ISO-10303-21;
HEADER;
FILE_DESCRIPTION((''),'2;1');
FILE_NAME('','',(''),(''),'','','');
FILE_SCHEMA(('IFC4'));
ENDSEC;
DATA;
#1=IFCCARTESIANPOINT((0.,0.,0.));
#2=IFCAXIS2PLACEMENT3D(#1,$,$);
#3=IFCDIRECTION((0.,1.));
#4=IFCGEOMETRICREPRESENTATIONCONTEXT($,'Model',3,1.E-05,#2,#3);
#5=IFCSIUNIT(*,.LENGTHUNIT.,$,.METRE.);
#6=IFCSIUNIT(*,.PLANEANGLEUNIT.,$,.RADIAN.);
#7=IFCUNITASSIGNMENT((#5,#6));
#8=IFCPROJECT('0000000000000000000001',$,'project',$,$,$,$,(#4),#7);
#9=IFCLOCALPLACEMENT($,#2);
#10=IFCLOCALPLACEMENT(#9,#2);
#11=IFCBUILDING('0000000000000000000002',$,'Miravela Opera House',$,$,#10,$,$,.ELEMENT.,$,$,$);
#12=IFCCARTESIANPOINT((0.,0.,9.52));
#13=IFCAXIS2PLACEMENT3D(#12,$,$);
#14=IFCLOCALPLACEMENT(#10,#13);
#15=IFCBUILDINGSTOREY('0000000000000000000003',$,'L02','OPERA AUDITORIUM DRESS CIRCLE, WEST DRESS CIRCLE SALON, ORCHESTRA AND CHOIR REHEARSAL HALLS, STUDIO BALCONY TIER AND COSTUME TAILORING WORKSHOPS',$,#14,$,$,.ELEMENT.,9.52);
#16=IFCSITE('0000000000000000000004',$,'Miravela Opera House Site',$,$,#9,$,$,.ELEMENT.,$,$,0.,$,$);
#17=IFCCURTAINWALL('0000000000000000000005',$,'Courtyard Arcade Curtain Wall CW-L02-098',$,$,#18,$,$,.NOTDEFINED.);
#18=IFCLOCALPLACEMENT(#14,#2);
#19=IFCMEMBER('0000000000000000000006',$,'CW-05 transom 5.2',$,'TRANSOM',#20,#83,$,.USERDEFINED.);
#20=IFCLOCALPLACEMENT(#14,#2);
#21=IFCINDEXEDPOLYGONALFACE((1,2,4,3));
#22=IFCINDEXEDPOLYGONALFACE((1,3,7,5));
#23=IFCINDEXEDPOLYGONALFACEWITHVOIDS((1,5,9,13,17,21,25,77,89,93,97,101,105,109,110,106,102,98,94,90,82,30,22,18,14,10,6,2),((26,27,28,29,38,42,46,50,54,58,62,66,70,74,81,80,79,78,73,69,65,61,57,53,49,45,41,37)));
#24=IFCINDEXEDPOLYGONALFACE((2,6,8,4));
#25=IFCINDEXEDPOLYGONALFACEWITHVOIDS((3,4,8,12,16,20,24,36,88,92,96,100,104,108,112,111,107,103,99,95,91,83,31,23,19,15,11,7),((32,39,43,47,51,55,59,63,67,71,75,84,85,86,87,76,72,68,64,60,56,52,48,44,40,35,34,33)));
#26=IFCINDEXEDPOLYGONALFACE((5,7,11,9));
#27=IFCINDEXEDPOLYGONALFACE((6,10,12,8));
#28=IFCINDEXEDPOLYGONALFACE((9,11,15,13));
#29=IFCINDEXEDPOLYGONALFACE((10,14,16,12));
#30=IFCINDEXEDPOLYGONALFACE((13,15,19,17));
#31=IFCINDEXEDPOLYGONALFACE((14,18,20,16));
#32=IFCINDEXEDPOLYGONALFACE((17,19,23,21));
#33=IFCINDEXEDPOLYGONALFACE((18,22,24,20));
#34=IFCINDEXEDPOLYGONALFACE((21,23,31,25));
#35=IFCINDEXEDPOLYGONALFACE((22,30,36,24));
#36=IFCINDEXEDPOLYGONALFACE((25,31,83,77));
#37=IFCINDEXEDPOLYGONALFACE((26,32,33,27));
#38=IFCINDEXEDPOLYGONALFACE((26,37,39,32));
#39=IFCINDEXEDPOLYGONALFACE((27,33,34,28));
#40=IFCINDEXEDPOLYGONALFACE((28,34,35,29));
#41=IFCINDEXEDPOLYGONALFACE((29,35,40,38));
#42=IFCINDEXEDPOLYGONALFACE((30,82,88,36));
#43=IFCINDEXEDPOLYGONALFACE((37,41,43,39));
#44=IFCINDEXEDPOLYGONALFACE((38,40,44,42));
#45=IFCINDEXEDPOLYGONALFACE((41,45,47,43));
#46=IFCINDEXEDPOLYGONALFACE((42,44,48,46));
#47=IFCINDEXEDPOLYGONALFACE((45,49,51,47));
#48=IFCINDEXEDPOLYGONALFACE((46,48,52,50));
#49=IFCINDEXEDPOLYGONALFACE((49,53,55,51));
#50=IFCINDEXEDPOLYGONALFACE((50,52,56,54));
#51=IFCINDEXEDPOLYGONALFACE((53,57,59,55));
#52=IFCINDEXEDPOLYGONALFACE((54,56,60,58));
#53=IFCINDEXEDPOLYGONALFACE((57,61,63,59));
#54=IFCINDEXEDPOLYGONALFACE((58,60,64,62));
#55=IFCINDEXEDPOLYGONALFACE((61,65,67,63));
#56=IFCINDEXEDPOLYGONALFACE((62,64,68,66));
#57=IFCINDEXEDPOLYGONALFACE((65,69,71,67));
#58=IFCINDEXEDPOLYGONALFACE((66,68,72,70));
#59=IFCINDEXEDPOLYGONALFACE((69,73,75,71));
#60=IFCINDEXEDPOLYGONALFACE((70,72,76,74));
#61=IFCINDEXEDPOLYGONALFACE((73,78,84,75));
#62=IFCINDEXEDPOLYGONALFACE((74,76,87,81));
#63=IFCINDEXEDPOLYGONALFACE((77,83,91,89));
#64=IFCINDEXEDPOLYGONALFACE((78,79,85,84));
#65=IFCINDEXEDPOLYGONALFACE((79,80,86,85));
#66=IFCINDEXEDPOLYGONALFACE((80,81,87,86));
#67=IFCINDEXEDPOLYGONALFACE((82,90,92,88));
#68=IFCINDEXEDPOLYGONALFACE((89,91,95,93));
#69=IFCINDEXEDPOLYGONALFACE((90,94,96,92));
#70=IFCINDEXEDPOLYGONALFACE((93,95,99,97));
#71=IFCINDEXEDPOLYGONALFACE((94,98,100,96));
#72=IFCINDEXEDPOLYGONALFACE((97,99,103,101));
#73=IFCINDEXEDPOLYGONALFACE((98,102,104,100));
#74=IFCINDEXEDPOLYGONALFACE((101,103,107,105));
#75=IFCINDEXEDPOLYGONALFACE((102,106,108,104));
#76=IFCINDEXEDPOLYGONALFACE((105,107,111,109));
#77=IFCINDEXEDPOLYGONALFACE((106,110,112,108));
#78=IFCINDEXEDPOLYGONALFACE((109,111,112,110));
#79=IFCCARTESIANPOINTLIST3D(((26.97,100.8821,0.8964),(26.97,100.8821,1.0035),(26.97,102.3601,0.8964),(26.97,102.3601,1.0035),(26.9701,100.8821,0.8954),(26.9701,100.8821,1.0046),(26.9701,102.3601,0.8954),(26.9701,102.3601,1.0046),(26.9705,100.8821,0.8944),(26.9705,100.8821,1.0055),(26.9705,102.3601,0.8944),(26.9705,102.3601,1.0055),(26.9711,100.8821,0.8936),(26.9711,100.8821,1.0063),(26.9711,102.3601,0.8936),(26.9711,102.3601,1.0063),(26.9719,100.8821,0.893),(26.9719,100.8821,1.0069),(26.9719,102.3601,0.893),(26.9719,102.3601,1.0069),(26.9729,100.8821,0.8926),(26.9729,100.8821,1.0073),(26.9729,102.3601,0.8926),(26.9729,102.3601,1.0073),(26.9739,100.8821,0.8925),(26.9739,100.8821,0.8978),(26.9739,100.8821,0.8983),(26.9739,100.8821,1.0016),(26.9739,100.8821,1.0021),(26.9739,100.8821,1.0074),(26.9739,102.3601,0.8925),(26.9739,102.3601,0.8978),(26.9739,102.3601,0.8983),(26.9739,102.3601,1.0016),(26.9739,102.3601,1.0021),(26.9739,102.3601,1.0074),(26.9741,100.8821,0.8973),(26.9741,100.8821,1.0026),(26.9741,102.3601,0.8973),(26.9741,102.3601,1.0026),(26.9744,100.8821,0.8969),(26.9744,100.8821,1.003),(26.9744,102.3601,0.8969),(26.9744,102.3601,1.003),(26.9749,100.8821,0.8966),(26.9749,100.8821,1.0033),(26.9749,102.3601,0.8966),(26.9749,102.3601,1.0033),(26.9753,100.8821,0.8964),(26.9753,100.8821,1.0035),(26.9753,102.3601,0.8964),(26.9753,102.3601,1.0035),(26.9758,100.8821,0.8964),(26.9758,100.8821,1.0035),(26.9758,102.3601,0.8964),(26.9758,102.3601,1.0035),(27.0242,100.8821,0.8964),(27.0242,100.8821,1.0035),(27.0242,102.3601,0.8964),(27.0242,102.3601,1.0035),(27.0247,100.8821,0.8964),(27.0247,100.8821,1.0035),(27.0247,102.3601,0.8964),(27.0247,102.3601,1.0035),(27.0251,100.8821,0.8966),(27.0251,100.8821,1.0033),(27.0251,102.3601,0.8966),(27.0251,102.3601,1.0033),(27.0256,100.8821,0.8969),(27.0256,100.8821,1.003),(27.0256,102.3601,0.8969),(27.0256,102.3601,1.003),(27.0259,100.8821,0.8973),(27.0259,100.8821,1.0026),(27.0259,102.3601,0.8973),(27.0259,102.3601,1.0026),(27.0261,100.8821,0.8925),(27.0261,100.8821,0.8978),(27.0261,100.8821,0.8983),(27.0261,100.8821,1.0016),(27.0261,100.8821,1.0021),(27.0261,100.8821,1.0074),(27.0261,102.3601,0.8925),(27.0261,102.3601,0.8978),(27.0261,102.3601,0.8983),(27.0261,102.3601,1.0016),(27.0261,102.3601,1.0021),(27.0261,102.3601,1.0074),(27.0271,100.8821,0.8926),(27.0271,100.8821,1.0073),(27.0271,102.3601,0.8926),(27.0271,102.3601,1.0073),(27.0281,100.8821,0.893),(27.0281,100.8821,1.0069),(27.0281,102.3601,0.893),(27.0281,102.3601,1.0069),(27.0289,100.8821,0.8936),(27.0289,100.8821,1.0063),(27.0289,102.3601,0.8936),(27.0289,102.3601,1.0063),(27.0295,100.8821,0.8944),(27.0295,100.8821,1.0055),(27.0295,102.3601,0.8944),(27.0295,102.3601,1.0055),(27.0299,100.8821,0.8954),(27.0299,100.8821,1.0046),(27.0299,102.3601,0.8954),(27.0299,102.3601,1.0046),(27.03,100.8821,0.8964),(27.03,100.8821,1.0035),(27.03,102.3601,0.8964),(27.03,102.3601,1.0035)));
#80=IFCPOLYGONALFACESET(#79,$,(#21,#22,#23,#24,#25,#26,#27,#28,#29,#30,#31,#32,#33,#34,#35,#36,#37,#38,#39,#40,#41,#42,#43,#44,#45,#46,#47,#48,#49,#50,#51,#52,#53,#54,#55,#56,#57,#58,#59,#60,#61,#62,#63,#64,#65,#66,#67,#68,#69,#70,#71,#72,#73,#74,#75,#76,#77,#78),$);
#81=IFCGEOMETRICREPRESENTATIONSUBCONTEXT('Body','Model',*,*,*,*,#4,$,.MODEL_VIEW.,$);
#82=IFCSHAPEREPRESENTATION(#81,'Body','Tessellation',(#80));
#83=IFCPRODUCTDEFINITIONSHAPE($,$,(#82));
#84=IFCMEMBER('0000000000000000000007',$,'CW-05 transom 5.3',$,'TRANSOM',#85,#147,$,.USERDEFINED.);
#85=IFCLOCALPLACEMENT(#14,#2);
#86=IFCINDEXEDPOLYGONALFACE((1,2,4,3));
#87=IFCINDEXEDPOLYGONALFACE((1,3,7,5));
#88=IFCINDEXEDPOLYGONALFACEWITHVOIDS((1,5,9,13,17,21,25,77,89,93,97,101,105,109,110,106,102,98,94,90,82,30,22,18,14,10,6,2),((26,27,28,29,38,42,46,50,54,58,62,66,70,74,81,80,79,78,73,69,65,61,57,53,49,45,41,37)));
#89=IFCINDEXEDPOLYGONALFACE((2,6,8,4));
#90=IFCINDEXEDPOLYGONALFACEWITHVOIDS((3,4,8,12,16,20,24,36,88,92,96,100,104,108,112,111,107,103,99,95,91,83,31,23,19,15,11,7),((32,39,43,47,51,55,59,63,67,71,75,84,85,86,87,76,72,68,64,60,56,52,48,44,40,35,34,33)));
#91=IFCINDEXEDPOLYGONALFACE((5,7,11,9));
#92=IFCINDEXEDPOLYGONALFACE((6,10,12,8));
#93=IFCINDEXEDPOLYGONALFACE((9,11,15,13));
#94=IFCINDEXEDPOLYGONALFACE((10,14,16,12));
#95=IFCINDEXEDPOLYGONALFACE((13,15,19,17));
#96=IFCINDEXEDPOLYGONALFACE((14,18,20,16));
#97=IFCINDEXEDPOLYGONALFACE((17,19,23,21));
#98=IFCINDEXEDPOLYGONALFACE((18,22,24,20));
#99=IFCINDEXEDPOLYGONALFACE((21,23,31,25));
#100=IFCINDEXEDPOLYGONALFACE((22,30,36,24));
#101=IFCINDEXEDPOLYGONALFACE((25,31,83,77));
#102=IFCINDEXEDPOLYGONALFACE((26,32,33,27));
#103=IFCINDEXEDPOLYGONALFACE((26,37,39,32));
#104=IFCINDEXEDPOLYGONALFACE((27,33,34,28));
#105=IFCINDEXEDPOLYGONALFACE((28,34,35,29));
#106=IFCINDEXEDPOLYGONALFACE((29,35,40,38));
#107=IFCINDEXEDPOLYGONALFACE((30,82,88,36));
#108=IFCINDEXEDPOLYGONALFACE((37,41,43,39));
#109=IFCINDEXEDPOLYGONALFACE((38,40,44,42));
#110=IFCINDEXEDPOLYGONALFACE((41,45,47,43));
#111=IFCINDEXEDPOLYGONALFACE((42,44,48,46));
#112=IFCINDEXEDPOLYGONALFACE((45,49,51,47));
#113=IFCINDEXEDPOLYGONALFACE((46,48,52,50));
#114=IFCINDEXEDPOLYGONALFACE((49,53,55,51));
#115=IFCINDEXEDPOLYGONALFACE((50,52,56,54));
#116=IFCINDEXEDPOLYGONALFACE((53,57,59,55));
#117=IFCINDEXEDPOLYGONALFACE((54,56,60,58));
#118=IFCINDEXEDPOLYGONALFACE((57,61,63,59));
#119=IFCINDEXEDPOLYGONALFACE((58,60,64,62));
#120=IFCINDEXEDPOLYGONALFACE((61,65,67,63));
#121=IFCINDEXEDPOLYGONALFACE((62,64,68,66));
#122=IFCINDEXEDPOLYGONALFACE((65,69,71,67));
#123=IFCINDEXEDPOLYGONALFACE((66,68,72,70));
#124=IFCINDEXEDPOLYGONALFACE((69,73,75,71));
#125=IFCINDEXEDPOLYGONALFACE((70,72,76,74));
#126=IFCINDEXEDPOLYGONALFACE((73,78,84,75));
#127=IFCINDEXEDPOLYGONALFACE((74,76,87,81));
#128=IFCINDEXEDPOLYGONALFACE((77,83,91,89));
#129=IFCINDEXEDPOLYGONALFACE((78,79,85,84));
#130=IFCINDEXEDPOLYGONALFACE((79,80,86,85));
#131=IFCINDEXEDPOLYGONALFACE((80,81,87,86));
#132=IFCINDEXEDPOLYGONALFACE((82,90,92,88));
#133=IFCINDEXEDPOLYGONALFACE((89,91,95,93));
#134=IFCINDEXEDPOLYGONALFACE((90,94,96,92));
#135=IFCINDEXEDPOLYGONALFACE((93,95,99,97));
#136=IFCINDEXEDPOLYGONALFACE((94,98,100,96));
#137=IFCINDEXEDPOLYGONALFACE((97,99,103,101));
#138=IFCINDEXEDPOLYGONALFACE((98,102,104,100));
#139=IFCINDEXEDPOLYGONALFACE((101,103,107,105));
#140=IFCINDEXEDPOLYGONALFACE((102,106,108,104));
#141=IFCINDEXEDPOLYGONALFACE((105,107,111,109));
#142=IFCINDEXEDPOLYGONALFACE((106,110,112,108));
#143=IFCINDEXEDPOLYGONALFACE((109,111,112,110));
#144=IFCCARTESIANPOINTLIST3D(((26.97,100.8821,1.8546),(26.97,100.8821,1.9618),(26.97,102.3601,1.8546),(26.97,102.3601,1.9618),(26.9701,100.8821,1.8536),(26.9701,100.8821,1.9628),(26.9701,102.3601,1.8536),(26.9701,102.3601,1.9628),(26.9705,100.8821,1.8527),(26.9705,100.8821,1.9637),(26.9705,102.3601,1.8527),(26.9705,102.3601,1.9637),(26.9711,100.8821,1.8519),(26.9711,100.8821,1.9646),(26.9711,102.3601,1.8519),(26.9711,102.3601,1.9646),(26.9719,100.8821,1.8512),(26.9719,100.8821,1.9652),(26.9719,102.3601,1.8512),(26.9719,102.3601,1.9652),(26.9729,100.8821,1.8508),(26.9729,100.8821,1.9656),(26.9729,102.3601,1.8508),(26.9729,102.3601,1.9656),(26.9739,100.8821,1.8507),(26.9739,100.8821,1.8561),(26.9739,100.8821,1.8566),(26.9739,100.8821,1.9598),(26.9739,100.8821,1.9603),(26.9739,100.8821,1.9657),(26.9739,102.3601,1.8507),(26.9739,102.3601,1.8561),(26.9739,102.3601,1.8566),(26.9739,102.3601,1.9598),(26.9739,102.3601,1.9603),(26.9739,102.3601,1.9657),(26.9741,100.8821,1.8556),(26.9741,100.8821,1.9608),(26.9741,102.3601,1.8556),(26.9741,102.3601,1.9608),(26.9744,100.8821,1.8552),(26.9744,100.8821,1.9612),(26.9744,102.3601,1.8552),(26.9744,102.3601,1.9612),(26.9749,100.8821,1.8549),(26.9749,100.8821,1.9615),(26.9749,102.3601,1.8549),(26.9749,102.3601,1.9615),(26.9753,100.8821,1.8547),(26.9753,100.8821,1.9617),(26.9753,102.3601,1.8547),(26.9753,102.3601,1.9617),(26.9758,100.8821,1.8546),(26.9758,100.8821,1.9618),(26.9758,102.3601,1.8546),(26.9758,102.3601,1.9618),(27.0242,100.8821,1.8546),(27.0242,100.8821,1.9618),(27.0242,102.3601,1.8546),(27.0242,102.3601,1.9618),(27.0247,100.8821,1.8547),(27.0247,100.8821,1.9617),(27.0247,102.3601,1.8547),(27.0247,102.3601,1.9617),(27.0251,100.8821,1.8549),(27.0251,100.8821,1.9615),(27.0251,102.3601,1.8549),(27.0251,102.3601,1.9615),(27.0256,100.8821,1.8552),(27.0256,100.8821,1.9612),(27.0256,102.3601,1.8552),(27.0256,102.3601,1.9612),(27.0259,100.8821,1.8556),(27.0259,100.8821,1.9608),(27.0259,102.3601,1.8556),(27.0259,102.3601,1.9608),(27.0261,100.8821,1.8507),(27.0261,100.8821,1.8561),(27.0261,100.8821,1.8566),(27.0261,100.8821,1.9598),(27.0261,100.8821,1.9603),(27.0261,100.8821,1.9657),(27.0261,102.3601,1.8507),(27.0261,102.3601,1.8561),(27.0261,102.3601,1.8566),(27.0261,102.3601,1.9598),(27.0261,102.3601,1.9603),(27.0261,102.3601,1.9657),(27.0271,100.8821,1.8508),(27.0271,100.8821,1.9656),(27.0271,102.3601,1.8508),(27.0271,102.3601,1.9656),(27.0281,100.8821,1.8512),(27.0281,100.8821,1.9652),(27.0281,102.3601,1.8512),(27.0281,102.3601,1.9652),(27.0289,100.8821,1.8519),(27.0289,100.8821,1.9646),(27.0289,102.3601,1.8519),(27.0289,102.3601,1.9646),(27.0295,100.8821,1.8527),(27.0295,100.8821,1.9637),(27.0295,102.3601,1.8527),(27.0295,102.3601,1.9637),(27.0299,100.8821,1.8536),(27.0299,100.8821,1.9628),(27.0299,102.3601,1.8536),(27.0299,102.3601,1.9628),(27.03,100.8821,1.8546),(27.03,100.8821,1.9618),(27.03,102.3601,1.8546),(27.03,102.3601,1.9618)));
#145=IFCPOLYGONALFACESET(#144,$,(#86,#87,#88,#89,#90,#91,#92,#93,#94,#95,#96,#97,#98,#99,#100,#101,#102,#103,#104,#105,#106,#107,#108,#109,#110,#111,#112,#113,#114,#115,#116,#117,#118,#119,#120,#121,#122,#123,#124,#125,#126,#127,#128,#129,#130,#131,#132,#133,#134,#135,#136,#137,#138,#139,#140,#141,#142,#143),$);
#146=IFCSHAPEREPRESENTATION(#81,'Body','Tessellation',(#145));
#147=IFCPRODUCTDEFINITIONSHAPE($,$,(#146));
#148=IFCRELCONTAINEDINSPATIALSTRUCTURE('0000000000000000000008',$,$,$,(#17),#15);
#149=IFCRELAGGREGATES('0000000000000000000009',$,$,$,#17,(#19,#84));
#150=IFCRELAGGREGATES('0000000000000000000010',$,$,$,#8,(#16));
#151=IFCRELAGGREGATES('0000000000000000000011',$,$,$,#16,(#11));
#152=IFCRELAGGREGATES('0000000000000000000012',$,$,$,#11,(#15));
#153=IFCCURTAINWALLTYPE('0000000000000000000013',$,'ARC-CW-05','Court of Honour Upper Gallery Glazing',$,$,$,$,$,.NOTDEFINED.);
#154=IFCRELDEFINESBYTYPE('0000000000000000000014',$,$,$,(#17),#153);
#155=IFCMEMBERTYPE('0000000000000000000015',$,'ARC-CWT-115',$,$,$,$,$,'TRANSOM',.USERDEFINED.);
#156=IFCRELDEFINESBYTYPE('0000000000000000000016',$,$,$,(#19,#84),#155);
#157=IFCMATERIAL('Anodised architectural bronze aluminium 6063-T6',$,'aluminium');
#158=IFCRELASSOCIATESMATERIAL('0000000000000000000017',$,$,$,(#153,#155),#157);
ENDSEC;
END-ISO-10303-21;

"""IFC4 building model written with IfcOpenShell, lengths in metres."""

from ifc_helpers import new_model, si_unit, direction, frame, origin, origin_2d, place, context, subcontext, project, spatial, hollow_rectangle, extrude, material, material_profile, profile_set, type_object, element, aggregate, save


model = new_model("IFC4")

# Units and contexts
model_context = context("Model", 3, precision=1e-05, world=origin(), true_north=direction((0.0, 1.0)))
body_context = subcontext(model_context, "Body", "Model", "MODEL_VIEW")
ifc_project = project(units=[si_unit("LENGTHUNIT", "METRE"), si_unit("PLANEANGLEUNIT", "RADIAN")], contexts=[model_context])

# Site, building, storey
site_placement = place(None, origin())
site = spatial("IfcSite", under=ifc_project, at=site_placement, Name="Miravela Opera House Site", CompositionType="ELEMENT", RefElevation=0.0)
building_placement = place(site_placement, origin())
building = spatial("IfcBuilding", under=site, at=building_placement, Name="Miravela Opera House", CompositionType="ELEMENT")
storey_placement = place(building_placement, frame((0.0, 0.0, 9.52)))
storey = spatial("IfcBuildingStorey", under=building, at=storey_placement, Name="L02", Description="OPERA AUDITORIUM DRESS CIRCLE, WEST DRESS CIRCLE SALON, ORCHESTRA AND CHOIR REHEARSAL HALLS, STUDIO BALCONY TIER AND COSTUME TAILORING WORKSHOPS", CompositionType="ELEMENT", Elevation=9.52)

# Shared definitions
ifc_material_1 = material(Name="Anodised architectural bronze aluminium 6063-T6", Category="aluminium")
curtain_wall_type = type_object("IfcCurtainWallType", Name="ARC-CW-05", Description="Court of Honour Upper Gallery Glazing", PredefinedType="NOTDEFINED", material=ifc_material_1)

# Curtain wall
curtain_wall_1_placement = place(storey_placement, origin())
curtain_wall_1 = element("IfcCurtainWall", 1, at=curtain_wall_1_placement, inside=storey, type_object=curtain_wall_type, Name="Courtyard Arcade Curtain Wall CW-L02-098", PredefinedType="NOTDEFINED")

# Members
ifc_material_profile_1 = material_profile(ifc_material_1, hollow_rectangle(XDim=0.0601, YDim=0.115, WallThickness=0.0039, InnerFilletRadius=0.002, OuterFilletRadius=0.0039, at=origin_2d()), Name="CWT-60X115")
ifc_profile_set_1 = profile_set([ifc_material_profile_1])
member_type_1 = type_object("IfcMemberType", Name="ARC-CWT-115", ElementType="TRANSOM", PredefinedType="USERDEFINED", material=ifc_profile_set_1)
member_1_placement = place(storey_placement, frame((27.0, 100.8821, 0.95), z_axis=(0.0, 1.0, 0.0), x_axis=(-1.0, 0.0, 0.0)))
member_1 = element("IfcMember", 2, at=member_1_placement, type_object=member_type_1, Name="CW-05 transom 5.2", ObjectType="TRANSOM", PredefinedType="USERDEFINED", context=body_context, shape_type="SweptSolid", body=[
    extrude(hollow_rectangle(XDim=0.0601, YDim=0.115, WallThickness=0.0039, InnerFilletRadius=0.002, OuterFilletRadius=0.0039, at=origin_2d()), origin(), (0.0, 0.0, 1.0), 1.478),
])
member_2_placement = place(storey_placement, frame((27.0, 100.8821, 1.9082), z_axis=(0.0, 1.0, 0.0), x_axis=(-1.0, 0.0, 0.0)))
member_2 = element("IfcMember", 3, at=member_2_placement, type_object=member_type_1, Name="CW-05 transom 5.3", ObjectType="TRANSOM", PredefinedType="USERDEFINED", context=body_context, shape_type="SweptSolid", body=[
    extrude(hollow_rectangle(XDim=0.0601, YDim=0.115, WallThickness=0.0039, InnerFilletRadius=0.002, OuterFilletRadius=0.0039, at=origin_2d()), origin(), (0.0, 0.0, 1.0), 1.478),
])

aggregate(curtain_wall_1, [member_1, member_2])

save(model, "model.ifc")
